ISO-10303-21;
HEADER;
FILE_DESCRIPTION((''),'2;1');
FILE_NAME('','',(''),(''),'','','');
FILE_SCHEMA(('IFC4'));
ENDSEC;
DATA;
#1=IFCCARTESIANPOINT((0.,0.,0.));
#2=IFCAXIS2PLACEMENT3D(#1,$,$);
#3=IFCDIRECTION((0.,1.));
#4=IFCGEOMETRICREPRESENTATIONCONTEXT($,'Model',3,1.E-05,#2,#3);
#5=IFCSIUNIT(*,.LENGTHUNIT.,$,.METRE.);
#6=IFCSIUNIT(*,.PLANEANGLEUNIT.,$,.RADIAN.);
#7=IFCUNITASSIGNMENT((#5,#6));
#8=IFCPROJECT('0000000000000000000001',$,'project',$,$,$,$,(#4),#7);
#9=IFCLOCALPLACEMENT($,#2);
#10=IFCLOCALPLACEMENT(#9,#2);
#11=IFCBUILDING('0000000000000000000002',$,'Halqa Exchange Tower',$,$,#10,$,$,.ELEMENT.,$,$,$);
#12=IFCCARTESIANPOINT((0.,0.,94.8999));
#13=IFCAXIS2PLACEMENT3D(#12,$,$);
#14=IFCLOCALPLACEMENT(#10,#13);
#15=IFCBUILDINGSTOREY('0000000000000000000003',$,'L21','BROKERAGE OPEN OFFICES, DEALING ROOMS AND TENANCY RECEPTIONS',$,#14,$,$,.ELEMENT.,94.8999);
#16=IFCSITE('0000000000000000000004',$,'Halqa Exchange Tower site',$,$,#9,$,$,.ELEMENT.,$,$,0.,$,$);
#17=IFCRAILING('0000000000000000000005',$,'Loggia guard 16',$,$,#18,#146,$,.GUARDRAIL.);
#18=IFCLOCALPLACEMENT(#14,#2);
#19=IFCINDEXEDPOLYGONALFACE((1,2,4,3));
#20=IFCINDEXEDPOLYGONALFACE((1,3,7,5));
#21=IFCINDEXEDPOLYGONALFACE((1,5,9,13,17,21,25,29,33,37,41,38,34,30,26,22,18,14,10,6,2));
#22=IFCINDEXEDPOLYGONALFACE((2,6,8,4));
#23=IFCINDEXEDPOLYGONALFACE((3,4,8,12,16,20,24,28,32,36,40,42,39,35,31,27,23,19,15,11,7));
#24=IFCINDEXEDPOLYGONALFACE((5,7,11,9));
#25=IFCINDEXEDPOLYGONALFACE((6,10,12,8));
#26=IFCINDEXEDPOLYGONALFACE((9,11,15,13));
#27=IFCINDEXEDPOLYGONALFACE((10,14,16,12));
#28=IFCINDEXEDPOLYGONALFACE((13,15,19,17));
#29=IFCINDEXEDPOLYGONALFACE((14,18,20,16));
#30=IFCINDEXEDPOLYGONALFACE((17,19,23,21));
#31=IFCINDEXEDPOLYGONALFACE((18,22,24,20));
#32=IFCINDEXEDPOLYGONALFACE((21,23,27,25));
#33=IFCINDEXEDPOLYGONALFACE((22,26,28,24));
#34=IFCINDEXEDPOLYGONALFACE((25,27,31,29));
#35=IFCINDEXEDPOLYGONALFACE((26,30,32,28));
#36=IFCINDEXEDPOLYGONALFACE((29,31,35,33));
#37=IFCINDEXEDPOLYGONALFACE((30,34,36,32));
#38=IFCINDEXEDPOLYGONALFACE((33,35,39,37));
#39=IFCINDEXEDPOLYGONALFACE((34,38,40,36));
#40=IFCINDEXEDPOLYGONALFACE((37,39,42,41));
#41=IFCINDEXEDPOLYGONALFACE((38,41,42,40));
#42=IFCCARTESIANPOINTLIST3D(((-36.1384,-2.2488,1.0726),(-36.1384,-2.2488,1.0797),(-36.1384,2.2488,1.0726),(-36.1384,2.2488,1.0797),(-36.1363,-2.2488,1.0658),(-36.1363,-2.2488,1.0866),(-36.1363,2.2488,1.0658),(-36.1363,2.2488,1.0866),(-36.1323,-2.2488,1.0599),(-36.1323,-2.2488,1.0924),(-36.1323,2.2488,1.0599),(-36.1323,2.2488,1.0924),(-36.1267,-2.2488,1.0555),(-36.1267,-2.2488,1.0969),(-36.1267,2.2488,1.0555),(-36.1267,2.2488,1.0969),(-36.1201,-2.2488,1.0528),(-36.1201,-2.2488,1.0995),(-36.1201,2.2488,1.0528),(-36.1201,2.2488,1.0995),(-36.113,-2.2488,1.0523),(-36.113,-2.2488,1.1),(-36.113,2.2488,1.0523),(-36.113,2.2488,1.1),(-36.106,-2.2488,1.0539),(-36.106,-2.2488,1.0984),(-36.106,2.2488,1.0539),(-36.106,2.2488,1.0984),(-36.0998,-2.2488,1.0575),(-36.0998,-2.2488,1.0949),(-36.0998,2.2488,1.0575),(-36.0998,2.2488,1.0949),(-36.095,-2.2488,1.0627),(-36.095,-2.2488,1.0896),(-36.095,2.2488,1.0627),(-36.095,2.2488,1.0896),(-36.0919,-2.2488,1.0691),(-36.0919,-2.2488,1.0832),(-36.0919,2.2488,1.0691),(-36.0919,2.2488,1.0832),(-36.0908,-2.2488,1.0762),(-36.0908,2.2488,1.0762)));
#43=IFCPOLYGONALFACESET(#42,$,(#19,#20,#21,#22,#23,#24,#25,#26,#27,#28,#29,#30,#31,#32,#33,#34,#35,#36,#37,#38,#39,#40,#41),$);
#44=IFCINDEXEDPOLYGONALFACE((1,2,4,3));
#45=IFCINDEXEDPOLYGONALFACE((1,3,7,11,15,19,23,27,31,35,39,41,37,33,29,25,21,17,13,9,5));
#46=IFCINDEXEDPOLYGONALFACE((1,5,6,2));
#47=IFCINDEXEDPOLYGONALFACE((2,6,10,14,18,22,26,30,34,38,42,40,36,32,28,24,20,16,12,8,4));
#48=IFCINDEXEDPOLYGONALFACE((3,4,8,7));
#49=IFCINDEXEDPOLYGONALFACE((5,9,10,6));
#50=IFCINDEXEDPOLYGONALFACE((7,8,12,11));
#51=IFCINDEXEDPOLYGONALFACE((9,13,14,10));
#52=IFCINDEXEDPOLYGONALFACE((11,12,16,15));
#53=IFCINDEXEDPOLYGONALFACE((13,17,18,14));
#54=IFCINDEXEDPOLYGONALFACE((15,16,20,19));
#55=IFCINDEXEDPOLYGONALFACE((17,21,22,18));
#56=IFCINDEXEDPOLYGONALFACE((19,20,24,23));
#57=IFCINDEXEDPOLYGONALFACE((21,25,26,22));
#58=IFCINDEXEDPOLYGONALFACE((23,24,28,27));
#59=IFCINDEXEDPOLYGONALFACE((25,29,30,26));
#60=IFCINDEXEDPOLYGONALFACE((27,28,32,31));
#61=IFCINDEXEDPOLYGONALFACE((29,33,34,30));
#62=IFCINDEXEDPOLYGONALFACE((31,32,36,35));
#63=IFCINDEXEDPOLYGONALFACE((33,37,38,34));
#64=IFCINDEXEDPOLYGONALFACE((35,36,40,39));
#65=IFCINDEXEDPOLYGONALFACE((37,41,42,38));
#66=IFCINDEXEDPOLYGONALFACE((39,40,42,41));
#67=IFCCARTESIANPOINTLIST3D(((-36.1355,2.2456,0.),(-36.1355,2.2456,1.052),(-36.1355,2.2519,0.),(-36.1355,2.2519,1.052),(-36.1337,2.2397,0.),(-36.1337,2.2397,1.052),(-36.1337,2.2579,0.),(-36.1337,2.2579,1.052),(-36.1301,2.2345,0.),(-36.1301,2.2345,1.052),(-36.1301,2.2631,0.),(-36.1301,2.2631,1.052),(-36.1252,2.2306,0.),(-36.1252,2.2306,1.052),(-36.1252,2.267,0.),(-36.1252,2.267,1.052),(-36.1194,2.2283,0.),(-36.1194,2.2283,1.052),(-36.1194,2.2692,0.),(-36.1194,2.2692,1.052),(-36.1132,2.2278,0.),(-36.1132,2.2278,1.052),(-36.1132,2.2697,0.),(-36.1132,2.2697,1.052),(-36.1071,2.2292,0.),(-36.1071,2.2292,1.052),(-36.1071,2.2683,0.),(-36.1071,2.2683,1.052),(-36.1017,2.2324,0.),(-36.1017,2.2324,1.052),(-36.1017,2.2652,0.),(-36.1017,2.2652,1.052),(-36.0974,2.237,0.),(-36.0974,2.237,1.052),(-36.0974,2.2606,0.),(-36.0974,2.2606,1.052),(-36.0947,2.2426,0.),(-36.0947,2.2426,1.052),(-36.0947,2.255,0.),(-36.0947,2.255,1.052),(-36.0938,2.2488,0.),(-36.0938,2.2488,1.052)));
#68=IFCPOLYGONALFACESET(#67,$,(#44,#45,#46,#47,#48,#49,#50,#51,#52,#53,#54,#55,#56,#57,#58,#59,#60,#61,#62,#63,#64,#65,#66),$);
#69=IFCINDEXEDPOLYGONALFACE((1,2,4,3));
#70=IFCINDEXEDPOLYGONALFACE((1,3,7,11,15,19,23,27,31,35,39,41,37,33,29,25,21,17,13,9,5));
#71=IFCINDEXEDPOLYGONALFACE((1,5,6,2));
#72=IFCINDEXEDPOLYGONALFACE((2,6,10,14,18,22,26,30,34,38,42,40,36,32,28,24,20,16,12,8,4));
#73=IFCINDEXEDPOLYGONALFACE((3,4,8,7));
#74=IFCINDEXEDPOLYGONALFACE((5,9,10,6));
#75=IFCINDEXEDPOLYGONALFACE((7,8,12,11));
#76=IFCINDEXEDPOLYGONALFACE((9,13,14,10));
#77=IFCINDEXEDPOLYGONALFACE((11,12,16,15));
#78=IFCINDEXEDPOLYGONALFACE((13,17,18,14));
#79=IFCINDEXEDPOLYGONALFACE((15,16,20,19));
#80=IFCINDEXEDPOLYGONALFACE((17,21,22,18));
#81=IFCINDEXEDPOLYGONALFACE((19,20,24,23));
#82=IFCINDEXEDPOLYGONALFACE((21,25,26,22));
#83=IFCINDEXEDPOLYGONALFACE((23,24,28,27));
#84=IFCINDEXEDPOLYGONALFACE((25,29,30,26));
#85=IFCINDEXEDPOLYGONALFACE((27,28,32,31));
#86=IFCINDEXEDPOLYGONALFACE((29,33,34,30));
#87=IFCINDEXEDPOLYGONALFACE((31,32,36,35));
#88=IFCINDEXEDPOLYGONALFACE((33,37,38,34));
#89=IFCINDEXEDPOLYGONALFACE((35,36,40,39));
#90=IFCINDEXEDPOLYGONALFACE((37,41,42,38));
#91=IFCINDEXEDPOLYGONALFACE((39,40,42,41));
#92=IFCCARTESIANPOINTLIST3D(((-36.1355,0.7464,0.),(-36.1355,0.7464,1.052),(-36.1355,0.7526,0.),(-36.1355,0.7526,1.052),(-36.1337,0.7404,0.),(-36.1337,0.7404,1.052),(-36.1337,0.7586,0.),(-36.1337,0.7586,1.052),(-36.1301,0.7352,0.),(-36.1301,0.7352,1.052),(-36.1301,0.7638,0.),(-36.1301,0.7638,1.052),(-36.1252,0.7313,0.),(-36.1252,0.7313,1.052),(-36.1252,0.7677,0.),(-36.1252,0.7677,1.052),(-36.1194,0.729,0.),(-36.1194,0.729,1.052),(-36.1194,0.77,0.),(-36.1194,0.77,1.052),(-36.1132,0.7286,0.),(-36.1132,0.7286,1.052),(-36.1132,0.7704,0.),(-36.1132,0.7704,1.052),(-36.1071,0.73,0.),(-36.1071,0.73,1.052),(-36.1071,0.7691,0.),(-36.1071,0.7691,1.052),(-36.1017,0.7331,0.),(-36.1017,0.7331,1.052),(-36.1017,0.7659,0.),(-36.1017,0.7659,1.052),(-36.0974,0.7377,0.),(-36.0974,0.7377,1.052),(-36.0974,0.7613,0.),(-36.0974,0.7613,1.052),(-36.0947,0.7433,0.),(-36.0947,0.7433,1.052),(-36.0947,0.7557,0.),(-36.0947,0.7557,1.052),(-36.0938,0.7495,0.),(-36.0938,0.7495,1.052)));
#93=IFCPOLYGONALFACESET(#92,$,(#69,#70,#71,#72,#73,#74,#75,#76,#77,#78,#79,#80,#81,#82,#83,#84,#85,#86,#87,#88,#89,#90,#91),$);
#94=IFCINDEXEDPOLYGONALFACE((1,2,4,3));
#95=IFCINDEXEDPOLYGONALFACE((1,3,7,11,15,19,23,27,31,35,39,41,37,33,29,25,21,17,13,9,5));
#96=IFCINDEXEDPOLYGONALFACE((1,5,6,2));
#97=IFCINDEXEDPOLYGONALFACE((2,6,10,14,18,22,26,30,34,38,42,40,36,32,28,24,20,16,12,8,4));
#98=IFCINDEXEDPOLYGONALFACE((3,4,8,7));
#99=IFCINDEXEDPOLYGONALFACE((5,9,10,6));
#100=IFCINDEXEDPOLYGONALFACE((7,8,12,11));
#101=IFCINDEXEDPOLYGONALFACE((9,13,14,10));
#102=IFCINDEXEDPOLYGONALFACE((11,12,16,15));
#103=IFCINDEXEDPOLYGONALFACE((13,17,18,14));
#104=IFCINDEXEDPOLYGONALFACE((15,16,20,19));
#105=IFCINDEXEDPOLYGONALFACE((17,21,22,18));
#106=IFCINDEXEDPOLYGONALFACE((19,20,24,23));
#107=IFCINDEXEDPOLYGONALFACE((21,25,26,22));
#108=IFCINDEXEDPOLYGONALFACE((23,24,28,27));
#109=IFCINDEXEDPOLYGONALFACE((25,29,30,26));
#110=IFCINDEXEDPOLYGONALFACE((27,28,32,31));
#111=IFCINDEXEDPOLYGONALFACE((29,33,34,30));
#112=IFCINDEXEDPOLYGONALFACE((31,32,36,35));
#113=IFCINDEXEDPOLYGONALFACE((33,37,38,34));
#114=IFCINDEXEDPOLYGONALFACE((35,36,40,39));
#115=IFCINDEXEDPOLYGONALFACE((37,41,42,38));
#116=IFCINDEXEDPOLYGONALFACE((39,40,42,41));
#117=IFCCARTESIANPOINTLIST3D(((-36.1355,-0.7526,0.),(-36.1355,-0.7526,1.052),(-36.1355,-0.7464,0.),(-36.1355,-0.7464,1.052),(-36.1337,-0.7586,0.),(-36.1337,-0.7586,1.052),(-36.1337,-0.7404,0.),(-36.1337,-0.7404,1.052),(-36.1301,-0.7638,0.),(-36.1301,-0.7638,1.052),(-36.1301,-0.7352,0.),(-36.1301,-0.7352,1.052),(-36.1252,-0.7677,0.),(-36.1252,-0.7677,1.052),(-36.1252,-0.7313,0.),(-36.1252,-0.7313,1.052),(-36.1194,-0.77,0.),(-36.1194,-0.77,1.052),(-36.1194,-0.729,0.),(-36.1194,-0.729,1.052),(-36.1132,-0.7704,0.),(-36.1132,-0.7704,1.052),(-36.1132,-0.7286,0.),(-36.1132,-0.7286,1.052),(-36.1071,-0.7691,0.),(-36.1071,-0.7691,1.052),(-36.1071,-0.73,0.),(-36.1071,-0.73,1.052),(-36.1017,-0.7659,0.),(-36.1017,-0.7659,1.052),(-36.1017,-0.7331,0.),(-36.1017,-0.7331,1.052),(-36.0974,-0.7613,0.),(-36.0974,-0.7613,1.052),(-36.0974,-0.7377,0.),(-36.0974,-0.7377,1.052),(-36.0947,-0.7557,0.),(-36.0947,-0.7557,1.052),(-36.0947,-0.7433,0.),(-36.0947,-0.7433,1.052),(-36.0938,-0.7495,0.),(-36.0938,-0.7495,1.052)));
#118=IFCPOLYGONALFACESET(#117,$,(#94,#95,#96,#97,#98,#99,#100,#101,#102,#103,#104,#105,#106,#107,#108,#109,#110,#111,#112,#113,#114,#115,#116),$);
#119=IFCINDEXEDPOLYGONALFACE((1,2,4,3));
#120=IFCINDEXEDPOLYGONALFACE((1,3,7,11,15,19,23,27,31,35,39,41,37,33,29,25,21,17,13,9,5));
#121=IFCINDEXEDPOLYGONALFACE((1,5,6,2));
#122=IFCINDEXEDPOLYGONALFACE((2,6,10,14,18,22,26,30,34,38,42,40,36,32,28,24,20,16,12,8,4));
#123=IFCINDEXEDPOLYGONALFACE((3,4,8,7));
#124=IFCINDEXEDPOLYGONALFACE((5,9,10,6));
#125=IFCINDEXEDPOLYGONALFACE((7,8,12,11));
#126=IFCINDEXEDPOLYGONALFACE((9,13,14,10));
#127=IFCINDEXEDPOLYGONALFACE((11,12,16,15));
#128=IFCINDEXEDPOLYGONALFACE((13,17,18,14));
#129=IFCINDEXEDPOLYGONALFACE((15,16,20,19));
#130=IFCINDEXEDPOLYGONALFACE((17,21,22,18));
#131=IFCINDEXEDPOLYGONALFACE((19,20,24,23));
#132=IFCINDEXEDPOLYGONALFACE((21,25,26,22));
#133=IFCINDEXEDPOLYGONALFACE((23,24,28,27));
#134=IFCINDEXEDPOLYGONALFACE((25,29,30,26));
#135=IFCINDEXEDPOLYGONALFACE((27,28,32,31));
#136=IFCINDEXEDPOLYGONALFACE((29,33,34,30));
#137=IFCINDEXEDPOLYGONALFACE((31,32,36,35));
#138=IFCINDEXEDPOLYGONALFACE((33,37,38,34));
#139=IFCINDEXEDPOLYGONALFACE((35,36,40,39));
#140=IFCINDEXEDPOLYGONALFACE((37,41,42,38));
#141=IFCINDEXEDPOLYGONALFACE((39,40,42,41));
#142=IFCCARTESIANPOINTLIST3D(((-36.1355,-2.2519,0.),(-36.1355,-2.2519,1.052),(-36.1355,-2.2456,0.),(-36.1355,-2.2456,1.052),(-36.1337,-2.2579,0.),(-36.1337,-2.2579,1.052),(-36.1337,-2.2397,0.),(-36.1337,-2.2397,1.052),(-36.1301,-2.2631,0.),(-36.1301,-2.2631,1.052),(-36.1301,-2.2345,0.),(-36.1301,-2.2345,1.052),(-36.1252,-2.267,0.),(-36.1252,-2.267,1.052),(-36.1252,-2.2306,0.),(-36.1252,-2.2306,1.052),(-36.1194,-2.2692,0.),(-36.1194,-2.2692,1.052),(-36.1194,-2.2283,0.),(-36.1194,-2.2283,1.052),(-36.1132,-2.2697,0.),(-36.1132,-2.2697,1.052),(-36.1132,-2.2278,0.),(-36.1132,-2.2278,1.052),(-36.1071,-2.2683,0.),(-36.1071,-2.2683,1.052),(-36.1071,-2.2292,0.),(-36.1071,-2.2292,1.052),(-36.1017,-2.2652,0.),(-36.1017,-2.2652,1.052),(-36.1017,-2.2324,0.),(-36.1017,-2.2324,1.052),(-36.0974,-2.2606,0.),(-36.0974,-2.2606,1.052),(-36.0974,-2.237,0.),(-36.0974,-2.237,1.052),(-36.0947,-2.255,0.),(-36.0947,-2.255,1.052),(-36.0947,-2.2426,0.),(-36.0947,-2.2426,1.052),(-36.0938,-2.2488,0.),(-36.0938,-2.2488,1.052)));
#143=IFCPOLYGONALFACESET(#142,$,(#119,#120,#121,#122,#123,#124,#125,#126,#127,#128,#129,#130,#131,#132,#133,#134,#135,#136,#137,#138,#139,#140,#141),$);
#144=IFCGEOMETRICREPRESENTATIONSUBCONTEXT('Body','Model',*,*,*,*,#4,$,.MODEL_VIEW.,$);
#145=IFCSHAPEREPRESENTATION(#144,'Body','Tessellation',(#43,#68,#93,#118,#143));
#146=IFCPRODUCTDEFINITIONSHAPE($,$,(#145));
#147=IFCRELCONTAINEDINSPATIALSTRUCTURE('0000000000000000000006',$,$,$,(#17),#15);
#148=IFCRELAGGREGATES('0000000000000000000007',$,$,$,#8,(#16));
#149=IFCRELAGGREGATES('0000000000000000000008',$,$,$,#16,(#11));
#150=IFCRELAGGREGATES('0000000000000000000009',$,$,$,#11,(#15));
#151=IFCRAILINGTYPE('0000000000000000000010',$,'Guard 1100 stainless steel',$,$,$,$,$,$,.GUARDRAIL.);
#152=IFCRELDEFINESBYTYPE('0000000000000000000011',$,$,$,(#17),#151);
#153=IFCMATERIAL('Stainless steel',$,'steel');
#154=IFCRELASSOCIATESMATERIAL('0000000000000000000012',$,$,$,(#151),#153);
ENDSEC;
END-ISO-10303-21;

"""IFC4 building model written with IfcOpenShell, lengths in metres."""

from ifc_helpers import new_model, si_unit, direction, frame, origin, origin_2d, place, context, subcontext, project, spatial, circle, extrude, material, type_object, element, save


model = new_model("IFC4")

# Units and contexts
model_context = context("Model", 3, precision=1e-05, world=origin(), true_north=direction((0.0, 1.0)))
body_context = subcontext(model_context, "Body", "Model", "MODEL_VIEW")
ifc_project = project(units=[si_unit("LENGTHUNIT", "METRE"), si_unit("PLANEANGLEUNIT", "RADIAN")], contexts=[model_context])

# Site, building, storey
site_placement = place(None, origin())
site = spatial("IfcSite", under=ifc_project, at=site_placement, Name="Halqa Exchange Tower site", CompositionType="ELEMENT", RefElevation=0.0)
building_placement = place(site_placement, origin())
building = spatial("IfcBuilding", under=site, at=building_placement, Name="Halqa Exchange Tower", CompositionType="ELEMENT")
storey_placement = place(building_placement, frame((0.0, 0.0, 94.8999)))
storey = spatial("IfcBuildingStorey", under=building, at=storey_placement, Name="L21", Description="BROKERAGE OPEN OFFICES, DEALING ROOMS AND TENANCY RECEPTIONS", CompositionType="ELEMENT", Elevation=94.8999)

# Railing
ifc_material_1 = material(Name="Stainless steel", Category="steel")
railing_type = type_object("IfcRailingType", Name="Guard 1100 stainless steel", PredefinedType="GUARDRAIL", material=ifc_material_1)
railing_1_placement = place(storey_placement, frame((-36.1147, 2.2488, 0.0)))
element("IfcRailing", 1, at=railing_1_placement, inside=storey, type_object=railing_type, Name="Loggia guard 16", PredefinedType="GUARDRAIL", context=body_context, shape_type="SweptSolid", body=[
    extrude(circle(Radius=0.0239, at=origin_2d()), frame((0.0, 0.0, 1.0762), z_axis=(0.0, -1.0, 0.0), x_axis=(1.0, 0.0, 0.0)), (0.0, 0.0, 1.0), 4.4976),
    extrude(circle(Radius=0.021, at=origin_2d()), origin(), (0.0, 0.0, 1.0), 1.052),
    extrude(circle(Radius=0.021, at=origin_2d()), frame((0.0, -1.4993, 0.0)), (0.0, 0.0, 1.0), 1.052),
    extrude(circle(Radius=0.021, at=origin_2d()), frame((0.0, -2.9983, 0.0)), (0.0, 0.0, 1.0), 1.052),
    extrude(circle(Radius=0.021, at=origin_2d()), frame((0.0, -4.4976, 0.0)), (0.0, 0.0, 1.0), 1.052),
])

save(model, "model.ifc")
